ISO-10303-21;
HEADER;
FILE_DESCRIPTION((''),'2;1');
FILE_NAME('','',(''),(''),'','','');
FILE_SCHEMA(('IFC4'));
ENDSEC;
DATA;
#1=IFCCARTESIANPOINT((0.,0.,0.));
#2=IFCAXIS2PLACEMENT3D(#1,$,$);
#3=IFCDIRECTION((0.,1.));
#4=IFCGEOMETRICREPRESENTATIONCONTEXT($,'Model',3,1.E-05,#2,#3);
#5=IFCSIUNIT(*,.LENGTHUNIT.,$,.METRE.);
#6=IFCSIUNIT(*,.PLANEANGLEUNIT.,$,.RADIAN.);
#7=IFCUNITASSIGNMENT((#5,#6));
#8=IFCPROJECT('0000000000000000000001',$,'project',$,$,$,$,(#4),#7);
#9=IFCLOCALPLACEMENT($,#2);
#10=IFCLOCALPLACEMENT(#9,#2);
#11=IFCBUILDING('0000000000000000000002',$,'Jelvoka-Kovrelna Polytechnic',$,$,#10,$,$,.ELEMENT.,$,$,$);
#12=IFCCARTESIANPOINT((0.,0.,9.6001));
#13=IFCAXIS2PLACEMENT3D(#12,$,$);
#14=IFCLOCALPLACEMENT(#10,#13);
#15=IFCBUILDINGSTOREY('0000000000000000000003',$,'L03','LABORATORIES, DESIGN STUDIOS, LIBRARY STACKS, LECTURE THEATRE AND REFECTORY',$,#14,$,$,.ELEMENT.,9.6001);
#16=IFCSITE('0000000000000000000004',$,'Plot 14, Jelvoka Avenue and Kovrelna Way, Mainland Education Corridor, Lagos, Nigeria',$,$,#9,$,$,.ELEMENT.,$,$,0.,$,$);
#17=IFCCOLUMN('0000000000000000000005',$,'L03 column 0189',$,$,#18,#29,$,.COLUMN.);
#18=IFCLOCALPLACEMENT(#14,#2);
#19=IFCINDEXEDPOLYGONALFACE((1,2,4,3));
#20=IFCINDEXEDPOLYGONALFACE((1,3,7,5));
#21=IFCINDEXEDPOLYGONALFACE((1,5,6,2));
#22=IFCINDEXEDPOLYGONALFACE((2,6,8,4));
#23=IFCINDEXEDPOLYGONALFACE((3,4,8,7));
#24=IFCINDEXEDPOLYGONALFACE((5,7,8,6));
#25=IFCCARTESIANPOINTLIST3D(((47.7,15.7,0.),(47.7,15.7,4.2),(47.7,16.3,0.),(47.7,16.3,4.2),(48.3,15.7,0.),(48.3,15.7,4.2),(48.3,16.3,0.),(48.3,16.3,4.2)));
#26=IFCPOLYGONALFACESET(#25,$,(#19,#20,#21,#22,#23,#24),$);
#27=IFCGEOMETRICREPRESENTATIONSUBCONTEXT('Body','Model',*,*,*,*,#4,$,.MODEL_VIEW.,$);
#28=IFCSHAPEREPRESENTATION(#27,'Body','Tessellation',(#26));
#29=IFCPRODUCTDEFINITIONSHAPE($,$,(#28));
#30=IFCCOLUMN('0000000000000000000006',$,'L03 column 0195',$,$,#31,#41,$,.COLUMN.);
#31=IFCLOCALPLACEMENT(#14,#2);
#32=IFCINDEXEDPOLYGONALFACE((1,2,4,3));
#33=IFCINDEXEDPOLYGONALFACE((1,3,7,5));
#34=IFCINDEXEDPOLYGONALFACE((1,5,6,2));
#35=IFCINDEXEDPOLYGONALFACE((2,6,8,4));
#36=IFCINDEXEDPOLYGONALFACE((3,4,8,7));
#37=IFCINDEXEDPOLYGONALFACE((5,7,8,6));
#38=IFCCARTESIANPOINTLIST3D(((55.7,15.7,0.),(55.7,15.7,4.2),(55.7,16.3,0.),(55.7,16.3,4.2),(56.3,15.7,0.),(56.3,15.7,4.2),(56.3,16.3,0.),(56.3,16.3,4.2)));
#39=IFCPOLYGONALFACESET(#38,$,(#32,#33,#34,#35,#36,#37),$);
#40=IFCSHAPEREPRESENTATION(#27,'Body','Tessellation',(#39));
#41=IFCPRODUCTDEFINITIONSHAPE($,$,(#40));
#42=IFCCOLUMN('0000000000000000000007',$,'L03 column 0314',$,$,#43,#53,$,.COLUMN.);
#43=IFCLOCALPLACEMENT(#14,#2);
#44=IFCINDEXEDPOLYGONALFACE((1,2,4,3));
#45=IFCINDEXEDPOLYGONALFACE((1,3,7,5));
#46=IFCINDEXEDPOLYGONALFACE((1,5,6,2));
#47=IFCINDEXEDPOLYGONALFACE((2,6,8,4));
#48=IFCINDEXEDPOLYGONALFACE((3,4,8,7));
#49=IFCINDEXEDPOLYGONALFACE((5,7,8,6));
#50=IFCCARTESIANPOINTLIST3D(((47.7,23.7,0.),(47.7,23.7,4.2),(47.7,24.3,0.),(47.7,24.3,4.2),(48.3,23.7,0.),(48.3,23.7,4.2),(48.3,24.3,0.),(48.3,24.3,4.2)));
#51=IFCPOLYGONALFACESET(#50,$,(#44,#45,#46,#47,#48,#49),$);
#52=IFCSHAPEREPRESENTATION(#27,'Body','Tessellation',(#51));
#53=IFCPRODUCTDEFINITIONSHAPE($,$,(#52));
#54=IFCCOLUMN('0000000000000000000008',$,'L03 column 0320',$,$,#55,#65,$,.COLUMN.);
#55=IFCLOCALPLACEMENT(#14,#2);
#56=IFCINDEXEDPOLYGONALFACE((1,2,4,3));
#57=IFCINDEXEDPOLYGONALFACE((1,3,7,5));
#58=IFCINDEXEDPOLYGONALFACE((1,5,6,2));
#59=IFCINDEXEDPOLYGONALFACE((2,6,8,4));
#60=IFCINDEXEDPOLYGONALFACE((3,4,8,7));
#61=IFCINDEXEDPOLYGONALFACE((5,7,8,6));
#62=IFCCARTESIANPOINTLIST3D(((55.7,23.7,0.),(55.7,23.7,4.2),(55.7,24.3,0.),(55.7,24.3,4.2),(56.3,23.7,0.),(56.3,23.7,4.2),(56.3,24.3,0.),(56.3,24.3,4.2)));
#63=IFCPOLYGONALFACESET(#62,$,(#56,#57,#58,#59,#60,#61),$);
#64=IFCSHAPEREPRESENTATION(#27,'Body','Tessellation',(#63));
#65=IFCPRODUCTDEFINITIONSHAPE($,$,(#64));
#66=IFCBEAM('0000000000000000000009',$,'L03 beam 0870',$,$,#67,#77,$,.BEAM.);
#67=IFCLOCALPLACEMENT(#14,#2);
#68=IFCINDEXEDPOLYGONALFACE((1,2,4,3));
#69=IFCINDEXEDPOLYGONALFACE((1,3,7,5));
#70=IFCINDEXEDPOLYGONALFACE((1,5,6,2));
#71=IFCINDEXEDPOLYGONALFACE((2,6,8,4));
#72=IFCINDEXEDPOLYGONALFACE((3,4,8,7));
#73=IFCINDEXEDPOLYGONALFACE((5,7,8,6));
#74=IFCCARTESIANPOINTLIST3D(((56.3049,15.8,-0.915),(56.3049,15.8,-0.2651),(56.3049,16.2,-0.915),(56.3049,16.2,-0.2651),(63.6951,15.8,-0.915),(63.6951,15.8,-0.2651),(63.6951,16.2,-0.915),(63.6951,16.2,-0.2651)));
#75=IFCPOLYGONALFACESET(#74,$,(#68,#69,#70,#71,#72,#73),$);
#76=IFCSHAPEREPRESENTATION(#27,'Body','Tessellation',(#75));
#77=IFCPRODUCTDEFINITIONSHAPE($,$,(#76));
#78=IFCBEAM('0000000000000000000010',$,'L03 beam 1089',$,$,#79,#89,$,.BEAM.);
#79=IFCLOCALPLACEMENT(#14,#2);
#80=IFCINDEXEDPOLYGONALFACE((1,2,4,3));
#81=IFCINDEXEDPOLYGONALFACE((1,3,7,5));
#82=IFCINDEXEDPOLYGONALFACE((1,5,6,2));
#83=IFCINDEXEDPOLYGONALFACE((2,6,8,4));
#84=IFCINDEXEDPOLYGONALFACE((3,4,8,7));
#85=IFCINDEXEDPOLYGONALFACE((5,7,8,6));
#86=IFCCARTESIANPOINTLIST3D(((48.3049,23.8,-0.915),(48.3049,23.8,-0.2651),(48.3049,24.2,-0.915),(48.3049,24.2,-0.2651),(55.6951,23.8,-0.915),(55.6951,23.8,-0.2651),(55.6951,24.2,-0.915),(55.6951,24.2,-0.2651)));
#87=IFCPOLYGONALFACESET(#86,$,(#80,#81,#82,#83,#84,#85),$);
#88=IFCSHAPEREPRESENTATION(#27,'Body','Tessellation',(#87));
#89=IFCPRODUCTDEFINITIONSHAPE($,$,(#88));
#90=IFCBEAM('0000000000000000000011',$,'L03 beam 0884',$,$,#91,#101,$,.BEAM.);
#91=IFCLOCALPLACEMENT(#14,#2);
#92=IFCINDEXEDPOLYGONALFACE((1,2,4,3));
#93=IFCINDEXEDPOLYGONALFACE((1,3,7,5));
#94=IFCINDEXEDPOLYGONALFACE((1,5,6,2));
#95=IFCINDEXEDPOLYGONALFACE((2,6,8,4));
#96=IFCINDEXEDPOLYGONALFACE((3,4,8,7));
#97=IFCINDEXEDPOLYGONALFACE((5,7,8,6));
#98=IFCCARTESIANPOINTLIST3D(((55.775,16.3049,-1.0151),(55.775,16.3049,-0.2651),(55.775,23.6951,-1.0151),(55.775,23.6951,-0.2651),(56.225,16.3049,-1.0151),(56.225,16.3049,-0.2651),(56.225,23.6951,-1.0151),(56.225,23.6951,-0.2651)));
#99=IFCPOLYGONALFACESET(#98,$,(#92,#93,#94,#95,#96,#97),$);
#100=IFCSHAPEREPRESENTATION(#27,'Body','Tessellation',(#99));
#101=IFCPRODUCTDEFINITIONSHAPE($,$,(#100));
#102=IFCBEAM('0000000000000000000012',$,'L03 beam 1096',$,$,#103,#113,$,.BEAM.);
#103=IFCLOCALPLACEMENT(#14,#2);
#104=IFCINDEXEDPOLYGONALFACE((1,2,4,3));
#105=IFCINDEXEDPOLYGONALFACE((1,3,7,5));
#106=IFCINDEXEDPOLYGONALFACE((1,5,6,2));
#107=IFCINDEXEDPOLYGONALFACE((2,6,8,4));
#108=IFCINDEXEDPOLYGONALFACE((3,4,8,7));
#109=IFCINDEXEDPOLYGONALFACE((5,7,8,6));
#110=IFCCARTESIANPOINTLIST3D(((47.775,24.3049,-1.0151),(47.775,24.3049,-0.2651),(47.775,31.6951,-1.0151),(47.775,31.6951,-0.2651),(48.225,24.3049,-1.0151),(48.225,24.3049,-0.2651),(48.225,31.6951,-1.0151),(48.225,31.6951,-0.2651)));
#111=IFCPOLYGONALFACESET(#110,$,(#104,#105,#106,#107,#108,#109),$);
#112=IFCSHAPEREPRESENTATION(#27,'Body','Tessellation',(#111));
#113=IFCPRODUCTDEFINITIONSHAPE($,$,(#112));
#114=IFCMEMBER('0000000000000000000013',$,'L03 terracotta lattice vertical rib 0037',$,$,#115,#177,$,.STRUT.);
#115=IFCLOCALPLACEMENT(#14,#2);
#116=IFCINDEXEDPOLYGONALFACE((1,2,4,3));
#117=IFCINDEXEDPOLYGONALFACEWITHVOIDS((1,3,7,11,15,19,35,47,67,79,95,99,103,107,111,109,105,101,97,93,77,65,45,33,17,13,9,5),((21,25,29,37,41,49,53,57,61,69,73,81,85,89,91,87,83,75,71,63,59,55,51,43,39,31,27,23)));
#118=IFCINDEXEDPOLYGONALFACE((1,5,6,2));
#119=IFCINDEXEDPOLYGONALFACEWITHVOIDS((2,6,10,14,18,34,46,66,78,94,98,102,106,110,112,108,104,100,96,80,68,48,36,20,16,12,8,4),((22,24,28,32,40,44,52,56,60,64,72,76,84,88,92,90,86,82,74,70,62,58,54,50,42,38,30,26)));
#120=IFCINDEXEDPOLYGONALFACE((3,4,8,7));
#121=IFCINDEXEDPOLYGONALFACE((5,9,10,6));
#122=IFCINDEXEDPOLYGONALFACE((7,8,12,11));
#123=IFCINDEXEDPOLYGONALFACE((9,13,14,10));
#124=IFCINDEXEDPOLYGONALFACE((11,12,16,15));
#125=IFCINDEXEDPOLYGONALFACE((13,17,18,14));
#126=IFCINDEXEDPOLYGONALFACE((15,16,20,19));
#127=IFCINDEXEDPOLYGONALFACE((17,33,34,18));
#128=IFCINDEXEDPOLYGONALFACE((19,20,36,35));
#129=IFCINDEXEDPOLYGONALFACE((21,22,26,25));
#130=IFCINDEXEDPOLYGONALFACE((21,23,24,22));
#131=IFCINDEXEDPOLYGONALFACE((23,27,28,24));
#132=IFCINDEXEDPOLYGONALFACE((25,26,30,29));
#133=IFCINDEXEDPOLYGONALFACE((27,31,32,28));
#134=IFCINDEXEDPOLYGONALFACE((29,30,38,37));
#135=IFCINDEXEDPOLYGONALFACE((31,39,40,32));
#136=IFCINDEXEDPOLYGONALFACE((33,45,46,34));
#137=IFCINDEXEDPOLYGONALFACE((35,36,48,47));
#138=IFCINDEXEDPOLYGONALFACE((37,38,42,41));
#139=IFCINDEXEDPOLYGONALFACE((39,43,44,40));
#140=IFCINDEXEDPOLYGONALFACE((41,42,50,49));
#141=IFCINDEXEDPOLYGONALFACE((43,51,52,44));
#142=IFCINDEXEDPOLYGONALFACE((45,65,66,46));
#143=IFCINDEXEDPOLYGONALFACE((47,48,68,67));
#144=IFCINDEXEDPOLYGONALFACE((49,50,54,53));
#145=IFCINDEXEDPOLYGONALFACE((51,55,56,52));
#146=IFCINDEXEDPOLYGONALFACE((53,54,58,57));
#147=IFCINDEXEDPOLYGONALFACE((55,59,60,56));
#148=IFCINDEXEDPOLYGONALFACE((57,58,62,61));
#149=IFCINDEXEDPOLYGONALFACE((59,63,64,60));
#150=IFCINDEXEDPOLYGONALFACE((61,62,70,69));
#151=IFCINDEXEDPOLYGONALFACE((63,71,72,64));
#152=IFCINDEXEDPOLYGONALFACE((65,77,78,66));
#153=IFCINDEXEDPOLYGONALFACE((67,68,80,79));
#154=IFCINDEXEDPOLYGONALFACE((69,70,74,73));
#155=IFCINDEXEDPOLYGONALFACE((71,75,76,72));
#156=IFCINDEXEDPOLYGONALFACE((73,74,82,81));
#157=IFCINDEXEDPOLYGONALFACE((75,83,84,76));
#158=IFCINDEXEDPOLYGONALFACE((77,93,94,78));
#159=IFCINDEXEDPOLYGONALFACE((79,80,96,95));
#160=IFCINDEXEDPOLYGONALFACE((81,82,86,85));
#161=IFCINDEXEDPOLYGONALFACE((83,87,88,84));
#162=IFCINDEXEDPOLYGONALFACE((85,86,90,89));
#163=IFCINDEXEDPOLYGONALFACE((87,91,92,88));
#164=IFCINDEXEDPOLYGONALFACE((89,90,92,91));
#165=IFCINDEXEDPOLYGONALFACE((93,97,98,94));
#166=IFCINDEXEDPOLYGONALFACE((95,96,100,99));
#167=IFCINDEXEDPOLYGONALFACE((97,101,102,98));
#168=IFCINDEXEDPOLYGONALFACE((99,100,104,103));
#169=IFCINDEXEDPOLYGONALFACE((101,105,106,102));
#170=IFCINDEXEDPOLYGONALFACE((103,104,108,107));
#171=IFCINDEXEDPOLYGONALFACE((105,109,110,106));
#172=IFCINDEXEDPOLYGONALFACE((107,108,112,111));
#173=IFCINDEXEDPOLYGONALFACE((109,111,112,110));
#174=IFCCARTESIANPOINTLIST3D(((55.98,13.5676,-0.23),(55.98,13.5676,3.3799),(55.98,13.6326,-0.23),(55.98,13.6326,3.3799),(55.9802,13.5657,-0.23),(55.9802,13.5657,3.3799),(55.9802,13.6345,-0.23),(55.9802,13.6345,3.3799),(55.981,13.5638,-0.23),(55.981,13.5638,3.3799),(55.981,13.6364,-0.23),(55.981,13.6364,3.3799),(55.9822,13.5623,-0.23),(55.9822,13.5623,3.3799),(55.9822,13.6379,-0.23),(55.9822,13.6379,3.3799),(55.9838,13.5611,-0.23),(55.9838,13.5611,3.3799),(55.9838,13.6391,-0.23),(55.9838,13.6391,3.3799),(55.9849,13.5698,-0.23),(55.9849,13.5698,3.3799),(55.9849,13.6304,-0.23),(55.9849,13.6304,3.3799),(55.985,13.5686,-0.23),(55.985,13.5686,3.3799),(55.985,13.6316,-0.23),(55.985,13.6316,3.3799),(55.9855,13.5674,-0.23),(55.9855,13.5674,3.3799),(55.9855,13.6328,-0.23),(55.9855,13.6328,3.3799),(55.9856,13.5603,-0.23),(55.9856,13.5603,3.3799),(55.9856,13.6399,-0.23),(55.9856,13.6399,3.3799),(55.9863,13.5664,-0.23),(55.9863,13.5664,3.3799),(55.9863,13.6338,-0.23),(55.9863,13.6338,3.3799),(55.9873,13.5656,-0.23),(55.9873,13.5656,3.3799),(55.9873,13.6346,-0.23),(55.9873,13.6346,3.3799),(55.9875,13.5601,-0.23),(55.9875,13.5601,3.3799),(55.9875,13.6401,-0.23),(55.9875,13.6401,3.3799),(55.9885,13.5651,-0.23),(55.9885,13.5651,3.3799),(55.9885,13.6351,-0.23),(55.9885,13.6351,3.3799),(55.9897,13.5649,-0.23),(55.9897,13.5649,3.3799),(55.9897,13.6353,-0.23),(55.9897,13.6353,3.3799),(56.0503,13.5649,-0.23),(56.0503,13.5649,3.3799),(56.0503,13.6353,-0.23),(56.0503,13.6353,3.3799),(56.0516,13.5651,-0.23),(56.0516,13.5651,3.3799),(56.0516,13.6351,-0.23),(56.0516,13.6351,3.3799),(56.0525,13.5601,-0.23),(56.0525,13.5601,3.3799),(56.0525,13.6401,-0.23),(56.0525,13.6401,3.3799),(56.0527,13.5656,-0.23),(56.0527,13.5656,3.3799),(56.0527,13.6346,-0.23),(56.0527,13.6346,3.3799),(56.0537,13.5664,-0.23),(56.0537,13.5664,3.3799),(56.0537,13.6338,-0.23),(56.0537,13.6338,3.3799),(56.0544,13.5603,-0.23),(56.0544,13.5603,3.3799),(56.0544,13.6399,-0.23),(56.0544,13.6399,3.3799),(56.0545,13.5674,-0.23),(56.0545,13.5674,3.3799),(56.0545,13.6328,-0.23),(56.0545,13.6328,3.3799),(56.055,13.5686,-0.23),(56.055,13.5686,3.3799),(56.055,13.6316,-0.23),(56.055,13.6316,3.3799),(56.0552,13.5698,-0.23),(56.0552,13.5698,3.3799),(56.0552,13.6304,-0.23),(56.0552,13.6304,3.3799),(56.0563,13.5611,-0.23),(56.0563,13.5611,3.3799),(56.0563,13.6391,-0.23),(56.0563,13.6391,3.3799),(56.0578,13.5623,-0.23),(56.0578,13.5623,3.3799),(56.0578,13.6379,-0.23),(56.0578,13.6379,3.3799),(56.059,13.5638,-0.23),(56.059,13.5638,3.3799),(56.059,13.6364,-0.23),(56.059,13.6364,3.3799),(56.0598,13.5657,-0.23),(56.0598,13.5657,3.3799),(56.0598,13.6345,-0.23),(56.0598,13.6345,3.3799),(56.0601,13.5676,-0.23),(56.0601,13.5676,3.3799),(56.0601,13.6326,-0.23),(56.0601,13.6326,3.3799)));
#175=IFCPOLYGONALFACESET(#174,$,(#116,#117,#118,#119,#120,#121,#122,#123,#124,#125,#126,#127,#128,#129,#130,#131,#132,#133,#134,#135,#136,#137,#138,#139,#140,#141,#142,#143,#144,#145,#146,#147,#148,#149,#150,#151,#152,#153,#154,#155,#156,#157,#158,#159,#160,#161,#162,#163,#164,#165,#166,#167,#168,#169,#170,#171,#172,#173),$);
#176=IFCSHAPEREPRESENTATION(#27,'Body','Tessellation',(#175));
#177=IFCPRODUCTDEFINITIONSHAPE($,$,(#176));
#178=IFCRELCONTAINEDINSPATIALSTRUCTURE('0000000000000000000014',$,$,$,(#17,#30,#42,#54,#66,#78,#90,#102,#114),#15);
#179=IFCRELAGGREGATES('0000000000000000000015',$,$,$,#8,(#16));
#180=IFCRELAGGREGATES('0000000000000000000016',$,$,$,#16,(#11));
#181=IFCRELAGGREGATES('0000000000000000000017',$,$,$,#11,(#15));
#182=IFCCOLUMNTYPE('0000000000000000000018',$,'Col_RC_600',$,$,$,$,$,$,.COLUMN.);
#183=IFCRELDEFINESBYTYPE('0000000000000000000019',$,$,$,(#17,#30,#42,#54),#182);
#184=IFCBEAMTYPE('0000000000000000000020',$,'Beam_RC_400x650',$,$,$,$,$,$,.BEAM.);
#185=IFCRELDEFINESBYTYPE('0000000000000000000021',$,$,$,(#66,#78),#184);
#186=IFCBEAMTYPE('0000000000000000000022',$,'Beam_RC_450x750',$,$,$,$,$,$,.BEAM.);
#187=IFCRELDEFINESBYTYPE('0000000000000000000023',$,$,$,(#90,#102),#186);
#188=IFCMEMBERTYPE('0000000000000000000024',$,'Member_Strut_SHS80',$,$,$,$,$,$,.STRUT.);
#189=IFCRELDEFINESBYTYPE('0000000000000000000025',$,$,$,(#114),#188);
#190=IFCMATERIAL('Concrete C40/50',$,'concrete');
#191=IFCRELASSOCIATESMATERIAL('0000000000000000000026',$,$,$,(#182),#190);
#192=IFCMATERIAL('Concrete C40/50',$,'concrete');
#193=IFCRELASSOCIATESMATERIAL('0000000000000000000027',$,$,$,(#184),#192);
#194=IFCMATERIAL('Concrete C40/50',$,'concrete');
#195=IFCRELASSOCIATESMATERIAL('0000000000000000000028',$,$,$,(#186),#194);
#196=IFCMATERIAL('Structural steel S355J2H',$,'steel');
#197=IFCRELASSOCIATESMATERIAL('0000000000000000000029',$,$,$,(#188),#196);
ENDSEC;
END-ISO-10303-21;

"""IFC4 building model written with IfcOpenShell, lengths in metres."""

from ifc_helpers import new_model, si_unit, direction, frame, origin, origin_2d, place, context, subcontext, project, spatial, rectangle, hollow_rectangle, extrude, material, material_profile, profile_set, type_object, element, save


model = new_model("IFC4")

# Units and contexts
model_context = context("Model", 3, precision=1e-05, world=origin(), true_north=direction((0.0, 1.0)))
body_context = subcontext(model_context, "Body", "Model", "MODEL_VIEW")
ifc_project = project(units=[si_unit("LENGTHUNIT", "METRE"), si_unit("PLANEANGLEUNIT", "RADIAN")], contexts=[model_context])

# Site, building, storey
site_placement = place(None, origin())
site = spatial("IfcSite", under=ifc_project, at=site_placement, Name="Plot 14, Jelvoka Avenue and Kovrelna Way, Mainland Education Corridor, Lagos, Nigeria", CompositionType="ELEMENT", RefElevation=0.0)
building_placement = place(site_placement, origin())
building = spatial("IfcBuilding", under=site, at=building_placement, Name="Jelvoka-Kovrelna Polytechnic", CompositionType="ELEMENT")
storey_placement = place(building_placement, frame((0.0, 0.0, 9.6001)))
storey = spatial("IfcBuildingStorey", under=building, at=storey_placement, Name="L03", Description="LABORATORIES, DESIGN STUDIOS, LIBRARY STACKS, LECTURE THEATRE AND REFECTORY", CompositionType="ELEMENT", Elevation=9.6001)

# Columns
ifc_material_1 = material(Name="Concrete C40/50", Category="concrete")
ifc_material_profile_1 = material_profile(ifc_material_1, rectangle(XDim=0.6001, YDim=0.6001, at=origin_2d()), Name="RC 600x600")
ifc_profile_set_1 = profile_set([ifc_material_profile_1], Name="Concrete C40/50")
column_type = type_object("IfcColumnType", Name="Col_RC_600", PredefinedType="COLUMN", material=ifc_profile_set_1)
for number, where, z_axis, x_axis, name in (
    (1, (48.0, 16.0, 0.0), (0.0, 0.0, 1.0), (1.0, 0.0, 0.0), "L03 column 0189"),
    (2, (56.0, 16.0, 0.0), (0.0, 0.0, 1.0), (1.0, 0.0, 0.0), "L03 column 0195"),
    (3, (48.0, 24.0, 0.0), (0.0, 0.0, 1.0), (1.0, 0.0, 0.0), "L03 column 0314"),
    (4, (56.0, 24.0, 0.0), (0.0, 0.0, 1.0), (1.0, 0.0, 0.0), "L03 column 0320"),
):
    element("IfcColumn", number, at=place(storey_placement, frame(where, z_axis=z_axis, x_axis=x_axis)), inside=storey, type_object=column_type, Name=name, PredefinedType="COLUMN", context=body_context, shape_type="SweptSolid", body=[
        extrude(rectangle(XDim=0.6001, YDim=0.6001, at=origin_2d()), origin(), (0.0, 0.0, 1.0), 4.2),
    ])

# Beams
ifc_material_2 = material(Name="Concrete C40/50", Category="concrete")
ifc_material_profile_2 = material_profile(ifc_material_2, rectangle(XDim=0.3999, YDim=0.6499, at=origin_2d()), Name="RC 400x650")
ifc_profile_set_2 = profile_set([ifc_material_profile_2], Name="Concrete C40/50")
beam_type_1 = type_object("IfcBeamType", Name="Beam_RC_400x650", PredefinedType="BEAM", material=ifc_profile_set_2)
for number, where, z_axis, x_axis, name in (
    (5, (56.3049, 16.0, -0.5901), (1.0, 0.0, 0.0), (0.0, 1.0, 0.0), "L03 beam 0870"),
    (6, (48.3049, 24.0, -0.5901), (1.0, 0.0, 0.0), (0.0, 1.0, 0.0), "L03 beam 1089"),
):
    element("IfcBeam", number, at=place(storey_placement, frame(where, z_axis=z_axis, x_axis=x_axis)), inside=storey, type_object=beam_type_1, Name=name, PredefinedType="BEAM", context=body_context, shape_type="SweptSolid", body=[
        extrude(rectangle(XDim=0.3999, YDim=0.6499, at=origin_2d()), origin(), (0.0, 0.0, 1.0), 7.3901),
    ])
ifc_material_3 = material(Name="Concrete C40/50", Category="concrete")
ifc_material_profile_3 = material_profile(ifc_material_3, rectangle(XDim=0.45, YDim=0.75, at=origin_2d()), Name="RC 450x750")
ifc_profile_set_3 = profile_set([ifc_material_profile_3], Name="Concrete C40/50")
beam_type_2 = type_object("IfcBeamType", Name="Beam_RC_450x750", PredefinedType="BEAM", material=ifc_profile_set_3)
for number, where, z_axis, x_axis, name in (
    (7, (56.0, 16.3049, -0.6401), (0.0, 1.0, 0.0), (-1.0, 0.0, 0.0), "L03 beam 0884"),
    (8, (48.0, 24.3049, -0.6401), (0.0, 1.0, 0.0), (-1.0, 0.0, 0.0), "L03 beam 1096"),
):
    element("IfcBeam", number, at=place(storey_placement, frame(where, z_axis=z_axis, x_axis=x_axis)), inside=storey, type_object=beam_type_2, Name=name, PredefinedType="BEAM", context=body_context, shape_type="SweptSolid", body=[
        extrude(rectangle(XDim=0.45, YDim=0.75, at=origin_2d()), origin(), (0.0, 0.0, 1.0), 7.3901),
    ])

# Member
ifc_material_4 = material(Name="Structural steel S355J2H", Category="steel")
ifc_material_profile_4 = material_profile(ifc_material_4, hollow_rectangle(XDim=0.0801, YDim=0.0801, WallThickness=0.0049, InnerFilletRadius=0.0049, OuterFilletRadius=0.0076, at=origin_2d()), Name="80x80x5.0 SHS")
ifc_profile_set_4 = profile_set([ifc_material_profile_4], Name="Structural steel S355J2H")
member_type_1 = type_object("IfcMemberType", Name="Member_Strut_SHS80", PredefinedType="STRUT", material=ifc_profile_set_4)
for number, where, z_axis, x_axis, name in (
    (9, (56.02, 13.6001, -0.23), (0.0, 0.0, 1.0), (1.0, 0.0, 0.0), "L03 terracotta lattice vertical rib 0037"),
):
    element("IfcMember", number, at=place(storey_placement, frame(where, z_axis=z_axis, x_axis=x_axis)), inside=storey, type_object=member_type_1, Name=name, PredefinedType="STRUT", context=body_context, shape_type="SweptSolid", body=[
        extrude(hollow_rectangle(XDim=0.0801, YDim=0.0801, WallThickness=0.0049, InnerFilletRadius=0.0049, OuterFilletRadius=0.0076, at=origin_2d()), origin(), (0.0, 0.0, 1.0), 3.6099),
    ])

save(model, "model.ifc")
